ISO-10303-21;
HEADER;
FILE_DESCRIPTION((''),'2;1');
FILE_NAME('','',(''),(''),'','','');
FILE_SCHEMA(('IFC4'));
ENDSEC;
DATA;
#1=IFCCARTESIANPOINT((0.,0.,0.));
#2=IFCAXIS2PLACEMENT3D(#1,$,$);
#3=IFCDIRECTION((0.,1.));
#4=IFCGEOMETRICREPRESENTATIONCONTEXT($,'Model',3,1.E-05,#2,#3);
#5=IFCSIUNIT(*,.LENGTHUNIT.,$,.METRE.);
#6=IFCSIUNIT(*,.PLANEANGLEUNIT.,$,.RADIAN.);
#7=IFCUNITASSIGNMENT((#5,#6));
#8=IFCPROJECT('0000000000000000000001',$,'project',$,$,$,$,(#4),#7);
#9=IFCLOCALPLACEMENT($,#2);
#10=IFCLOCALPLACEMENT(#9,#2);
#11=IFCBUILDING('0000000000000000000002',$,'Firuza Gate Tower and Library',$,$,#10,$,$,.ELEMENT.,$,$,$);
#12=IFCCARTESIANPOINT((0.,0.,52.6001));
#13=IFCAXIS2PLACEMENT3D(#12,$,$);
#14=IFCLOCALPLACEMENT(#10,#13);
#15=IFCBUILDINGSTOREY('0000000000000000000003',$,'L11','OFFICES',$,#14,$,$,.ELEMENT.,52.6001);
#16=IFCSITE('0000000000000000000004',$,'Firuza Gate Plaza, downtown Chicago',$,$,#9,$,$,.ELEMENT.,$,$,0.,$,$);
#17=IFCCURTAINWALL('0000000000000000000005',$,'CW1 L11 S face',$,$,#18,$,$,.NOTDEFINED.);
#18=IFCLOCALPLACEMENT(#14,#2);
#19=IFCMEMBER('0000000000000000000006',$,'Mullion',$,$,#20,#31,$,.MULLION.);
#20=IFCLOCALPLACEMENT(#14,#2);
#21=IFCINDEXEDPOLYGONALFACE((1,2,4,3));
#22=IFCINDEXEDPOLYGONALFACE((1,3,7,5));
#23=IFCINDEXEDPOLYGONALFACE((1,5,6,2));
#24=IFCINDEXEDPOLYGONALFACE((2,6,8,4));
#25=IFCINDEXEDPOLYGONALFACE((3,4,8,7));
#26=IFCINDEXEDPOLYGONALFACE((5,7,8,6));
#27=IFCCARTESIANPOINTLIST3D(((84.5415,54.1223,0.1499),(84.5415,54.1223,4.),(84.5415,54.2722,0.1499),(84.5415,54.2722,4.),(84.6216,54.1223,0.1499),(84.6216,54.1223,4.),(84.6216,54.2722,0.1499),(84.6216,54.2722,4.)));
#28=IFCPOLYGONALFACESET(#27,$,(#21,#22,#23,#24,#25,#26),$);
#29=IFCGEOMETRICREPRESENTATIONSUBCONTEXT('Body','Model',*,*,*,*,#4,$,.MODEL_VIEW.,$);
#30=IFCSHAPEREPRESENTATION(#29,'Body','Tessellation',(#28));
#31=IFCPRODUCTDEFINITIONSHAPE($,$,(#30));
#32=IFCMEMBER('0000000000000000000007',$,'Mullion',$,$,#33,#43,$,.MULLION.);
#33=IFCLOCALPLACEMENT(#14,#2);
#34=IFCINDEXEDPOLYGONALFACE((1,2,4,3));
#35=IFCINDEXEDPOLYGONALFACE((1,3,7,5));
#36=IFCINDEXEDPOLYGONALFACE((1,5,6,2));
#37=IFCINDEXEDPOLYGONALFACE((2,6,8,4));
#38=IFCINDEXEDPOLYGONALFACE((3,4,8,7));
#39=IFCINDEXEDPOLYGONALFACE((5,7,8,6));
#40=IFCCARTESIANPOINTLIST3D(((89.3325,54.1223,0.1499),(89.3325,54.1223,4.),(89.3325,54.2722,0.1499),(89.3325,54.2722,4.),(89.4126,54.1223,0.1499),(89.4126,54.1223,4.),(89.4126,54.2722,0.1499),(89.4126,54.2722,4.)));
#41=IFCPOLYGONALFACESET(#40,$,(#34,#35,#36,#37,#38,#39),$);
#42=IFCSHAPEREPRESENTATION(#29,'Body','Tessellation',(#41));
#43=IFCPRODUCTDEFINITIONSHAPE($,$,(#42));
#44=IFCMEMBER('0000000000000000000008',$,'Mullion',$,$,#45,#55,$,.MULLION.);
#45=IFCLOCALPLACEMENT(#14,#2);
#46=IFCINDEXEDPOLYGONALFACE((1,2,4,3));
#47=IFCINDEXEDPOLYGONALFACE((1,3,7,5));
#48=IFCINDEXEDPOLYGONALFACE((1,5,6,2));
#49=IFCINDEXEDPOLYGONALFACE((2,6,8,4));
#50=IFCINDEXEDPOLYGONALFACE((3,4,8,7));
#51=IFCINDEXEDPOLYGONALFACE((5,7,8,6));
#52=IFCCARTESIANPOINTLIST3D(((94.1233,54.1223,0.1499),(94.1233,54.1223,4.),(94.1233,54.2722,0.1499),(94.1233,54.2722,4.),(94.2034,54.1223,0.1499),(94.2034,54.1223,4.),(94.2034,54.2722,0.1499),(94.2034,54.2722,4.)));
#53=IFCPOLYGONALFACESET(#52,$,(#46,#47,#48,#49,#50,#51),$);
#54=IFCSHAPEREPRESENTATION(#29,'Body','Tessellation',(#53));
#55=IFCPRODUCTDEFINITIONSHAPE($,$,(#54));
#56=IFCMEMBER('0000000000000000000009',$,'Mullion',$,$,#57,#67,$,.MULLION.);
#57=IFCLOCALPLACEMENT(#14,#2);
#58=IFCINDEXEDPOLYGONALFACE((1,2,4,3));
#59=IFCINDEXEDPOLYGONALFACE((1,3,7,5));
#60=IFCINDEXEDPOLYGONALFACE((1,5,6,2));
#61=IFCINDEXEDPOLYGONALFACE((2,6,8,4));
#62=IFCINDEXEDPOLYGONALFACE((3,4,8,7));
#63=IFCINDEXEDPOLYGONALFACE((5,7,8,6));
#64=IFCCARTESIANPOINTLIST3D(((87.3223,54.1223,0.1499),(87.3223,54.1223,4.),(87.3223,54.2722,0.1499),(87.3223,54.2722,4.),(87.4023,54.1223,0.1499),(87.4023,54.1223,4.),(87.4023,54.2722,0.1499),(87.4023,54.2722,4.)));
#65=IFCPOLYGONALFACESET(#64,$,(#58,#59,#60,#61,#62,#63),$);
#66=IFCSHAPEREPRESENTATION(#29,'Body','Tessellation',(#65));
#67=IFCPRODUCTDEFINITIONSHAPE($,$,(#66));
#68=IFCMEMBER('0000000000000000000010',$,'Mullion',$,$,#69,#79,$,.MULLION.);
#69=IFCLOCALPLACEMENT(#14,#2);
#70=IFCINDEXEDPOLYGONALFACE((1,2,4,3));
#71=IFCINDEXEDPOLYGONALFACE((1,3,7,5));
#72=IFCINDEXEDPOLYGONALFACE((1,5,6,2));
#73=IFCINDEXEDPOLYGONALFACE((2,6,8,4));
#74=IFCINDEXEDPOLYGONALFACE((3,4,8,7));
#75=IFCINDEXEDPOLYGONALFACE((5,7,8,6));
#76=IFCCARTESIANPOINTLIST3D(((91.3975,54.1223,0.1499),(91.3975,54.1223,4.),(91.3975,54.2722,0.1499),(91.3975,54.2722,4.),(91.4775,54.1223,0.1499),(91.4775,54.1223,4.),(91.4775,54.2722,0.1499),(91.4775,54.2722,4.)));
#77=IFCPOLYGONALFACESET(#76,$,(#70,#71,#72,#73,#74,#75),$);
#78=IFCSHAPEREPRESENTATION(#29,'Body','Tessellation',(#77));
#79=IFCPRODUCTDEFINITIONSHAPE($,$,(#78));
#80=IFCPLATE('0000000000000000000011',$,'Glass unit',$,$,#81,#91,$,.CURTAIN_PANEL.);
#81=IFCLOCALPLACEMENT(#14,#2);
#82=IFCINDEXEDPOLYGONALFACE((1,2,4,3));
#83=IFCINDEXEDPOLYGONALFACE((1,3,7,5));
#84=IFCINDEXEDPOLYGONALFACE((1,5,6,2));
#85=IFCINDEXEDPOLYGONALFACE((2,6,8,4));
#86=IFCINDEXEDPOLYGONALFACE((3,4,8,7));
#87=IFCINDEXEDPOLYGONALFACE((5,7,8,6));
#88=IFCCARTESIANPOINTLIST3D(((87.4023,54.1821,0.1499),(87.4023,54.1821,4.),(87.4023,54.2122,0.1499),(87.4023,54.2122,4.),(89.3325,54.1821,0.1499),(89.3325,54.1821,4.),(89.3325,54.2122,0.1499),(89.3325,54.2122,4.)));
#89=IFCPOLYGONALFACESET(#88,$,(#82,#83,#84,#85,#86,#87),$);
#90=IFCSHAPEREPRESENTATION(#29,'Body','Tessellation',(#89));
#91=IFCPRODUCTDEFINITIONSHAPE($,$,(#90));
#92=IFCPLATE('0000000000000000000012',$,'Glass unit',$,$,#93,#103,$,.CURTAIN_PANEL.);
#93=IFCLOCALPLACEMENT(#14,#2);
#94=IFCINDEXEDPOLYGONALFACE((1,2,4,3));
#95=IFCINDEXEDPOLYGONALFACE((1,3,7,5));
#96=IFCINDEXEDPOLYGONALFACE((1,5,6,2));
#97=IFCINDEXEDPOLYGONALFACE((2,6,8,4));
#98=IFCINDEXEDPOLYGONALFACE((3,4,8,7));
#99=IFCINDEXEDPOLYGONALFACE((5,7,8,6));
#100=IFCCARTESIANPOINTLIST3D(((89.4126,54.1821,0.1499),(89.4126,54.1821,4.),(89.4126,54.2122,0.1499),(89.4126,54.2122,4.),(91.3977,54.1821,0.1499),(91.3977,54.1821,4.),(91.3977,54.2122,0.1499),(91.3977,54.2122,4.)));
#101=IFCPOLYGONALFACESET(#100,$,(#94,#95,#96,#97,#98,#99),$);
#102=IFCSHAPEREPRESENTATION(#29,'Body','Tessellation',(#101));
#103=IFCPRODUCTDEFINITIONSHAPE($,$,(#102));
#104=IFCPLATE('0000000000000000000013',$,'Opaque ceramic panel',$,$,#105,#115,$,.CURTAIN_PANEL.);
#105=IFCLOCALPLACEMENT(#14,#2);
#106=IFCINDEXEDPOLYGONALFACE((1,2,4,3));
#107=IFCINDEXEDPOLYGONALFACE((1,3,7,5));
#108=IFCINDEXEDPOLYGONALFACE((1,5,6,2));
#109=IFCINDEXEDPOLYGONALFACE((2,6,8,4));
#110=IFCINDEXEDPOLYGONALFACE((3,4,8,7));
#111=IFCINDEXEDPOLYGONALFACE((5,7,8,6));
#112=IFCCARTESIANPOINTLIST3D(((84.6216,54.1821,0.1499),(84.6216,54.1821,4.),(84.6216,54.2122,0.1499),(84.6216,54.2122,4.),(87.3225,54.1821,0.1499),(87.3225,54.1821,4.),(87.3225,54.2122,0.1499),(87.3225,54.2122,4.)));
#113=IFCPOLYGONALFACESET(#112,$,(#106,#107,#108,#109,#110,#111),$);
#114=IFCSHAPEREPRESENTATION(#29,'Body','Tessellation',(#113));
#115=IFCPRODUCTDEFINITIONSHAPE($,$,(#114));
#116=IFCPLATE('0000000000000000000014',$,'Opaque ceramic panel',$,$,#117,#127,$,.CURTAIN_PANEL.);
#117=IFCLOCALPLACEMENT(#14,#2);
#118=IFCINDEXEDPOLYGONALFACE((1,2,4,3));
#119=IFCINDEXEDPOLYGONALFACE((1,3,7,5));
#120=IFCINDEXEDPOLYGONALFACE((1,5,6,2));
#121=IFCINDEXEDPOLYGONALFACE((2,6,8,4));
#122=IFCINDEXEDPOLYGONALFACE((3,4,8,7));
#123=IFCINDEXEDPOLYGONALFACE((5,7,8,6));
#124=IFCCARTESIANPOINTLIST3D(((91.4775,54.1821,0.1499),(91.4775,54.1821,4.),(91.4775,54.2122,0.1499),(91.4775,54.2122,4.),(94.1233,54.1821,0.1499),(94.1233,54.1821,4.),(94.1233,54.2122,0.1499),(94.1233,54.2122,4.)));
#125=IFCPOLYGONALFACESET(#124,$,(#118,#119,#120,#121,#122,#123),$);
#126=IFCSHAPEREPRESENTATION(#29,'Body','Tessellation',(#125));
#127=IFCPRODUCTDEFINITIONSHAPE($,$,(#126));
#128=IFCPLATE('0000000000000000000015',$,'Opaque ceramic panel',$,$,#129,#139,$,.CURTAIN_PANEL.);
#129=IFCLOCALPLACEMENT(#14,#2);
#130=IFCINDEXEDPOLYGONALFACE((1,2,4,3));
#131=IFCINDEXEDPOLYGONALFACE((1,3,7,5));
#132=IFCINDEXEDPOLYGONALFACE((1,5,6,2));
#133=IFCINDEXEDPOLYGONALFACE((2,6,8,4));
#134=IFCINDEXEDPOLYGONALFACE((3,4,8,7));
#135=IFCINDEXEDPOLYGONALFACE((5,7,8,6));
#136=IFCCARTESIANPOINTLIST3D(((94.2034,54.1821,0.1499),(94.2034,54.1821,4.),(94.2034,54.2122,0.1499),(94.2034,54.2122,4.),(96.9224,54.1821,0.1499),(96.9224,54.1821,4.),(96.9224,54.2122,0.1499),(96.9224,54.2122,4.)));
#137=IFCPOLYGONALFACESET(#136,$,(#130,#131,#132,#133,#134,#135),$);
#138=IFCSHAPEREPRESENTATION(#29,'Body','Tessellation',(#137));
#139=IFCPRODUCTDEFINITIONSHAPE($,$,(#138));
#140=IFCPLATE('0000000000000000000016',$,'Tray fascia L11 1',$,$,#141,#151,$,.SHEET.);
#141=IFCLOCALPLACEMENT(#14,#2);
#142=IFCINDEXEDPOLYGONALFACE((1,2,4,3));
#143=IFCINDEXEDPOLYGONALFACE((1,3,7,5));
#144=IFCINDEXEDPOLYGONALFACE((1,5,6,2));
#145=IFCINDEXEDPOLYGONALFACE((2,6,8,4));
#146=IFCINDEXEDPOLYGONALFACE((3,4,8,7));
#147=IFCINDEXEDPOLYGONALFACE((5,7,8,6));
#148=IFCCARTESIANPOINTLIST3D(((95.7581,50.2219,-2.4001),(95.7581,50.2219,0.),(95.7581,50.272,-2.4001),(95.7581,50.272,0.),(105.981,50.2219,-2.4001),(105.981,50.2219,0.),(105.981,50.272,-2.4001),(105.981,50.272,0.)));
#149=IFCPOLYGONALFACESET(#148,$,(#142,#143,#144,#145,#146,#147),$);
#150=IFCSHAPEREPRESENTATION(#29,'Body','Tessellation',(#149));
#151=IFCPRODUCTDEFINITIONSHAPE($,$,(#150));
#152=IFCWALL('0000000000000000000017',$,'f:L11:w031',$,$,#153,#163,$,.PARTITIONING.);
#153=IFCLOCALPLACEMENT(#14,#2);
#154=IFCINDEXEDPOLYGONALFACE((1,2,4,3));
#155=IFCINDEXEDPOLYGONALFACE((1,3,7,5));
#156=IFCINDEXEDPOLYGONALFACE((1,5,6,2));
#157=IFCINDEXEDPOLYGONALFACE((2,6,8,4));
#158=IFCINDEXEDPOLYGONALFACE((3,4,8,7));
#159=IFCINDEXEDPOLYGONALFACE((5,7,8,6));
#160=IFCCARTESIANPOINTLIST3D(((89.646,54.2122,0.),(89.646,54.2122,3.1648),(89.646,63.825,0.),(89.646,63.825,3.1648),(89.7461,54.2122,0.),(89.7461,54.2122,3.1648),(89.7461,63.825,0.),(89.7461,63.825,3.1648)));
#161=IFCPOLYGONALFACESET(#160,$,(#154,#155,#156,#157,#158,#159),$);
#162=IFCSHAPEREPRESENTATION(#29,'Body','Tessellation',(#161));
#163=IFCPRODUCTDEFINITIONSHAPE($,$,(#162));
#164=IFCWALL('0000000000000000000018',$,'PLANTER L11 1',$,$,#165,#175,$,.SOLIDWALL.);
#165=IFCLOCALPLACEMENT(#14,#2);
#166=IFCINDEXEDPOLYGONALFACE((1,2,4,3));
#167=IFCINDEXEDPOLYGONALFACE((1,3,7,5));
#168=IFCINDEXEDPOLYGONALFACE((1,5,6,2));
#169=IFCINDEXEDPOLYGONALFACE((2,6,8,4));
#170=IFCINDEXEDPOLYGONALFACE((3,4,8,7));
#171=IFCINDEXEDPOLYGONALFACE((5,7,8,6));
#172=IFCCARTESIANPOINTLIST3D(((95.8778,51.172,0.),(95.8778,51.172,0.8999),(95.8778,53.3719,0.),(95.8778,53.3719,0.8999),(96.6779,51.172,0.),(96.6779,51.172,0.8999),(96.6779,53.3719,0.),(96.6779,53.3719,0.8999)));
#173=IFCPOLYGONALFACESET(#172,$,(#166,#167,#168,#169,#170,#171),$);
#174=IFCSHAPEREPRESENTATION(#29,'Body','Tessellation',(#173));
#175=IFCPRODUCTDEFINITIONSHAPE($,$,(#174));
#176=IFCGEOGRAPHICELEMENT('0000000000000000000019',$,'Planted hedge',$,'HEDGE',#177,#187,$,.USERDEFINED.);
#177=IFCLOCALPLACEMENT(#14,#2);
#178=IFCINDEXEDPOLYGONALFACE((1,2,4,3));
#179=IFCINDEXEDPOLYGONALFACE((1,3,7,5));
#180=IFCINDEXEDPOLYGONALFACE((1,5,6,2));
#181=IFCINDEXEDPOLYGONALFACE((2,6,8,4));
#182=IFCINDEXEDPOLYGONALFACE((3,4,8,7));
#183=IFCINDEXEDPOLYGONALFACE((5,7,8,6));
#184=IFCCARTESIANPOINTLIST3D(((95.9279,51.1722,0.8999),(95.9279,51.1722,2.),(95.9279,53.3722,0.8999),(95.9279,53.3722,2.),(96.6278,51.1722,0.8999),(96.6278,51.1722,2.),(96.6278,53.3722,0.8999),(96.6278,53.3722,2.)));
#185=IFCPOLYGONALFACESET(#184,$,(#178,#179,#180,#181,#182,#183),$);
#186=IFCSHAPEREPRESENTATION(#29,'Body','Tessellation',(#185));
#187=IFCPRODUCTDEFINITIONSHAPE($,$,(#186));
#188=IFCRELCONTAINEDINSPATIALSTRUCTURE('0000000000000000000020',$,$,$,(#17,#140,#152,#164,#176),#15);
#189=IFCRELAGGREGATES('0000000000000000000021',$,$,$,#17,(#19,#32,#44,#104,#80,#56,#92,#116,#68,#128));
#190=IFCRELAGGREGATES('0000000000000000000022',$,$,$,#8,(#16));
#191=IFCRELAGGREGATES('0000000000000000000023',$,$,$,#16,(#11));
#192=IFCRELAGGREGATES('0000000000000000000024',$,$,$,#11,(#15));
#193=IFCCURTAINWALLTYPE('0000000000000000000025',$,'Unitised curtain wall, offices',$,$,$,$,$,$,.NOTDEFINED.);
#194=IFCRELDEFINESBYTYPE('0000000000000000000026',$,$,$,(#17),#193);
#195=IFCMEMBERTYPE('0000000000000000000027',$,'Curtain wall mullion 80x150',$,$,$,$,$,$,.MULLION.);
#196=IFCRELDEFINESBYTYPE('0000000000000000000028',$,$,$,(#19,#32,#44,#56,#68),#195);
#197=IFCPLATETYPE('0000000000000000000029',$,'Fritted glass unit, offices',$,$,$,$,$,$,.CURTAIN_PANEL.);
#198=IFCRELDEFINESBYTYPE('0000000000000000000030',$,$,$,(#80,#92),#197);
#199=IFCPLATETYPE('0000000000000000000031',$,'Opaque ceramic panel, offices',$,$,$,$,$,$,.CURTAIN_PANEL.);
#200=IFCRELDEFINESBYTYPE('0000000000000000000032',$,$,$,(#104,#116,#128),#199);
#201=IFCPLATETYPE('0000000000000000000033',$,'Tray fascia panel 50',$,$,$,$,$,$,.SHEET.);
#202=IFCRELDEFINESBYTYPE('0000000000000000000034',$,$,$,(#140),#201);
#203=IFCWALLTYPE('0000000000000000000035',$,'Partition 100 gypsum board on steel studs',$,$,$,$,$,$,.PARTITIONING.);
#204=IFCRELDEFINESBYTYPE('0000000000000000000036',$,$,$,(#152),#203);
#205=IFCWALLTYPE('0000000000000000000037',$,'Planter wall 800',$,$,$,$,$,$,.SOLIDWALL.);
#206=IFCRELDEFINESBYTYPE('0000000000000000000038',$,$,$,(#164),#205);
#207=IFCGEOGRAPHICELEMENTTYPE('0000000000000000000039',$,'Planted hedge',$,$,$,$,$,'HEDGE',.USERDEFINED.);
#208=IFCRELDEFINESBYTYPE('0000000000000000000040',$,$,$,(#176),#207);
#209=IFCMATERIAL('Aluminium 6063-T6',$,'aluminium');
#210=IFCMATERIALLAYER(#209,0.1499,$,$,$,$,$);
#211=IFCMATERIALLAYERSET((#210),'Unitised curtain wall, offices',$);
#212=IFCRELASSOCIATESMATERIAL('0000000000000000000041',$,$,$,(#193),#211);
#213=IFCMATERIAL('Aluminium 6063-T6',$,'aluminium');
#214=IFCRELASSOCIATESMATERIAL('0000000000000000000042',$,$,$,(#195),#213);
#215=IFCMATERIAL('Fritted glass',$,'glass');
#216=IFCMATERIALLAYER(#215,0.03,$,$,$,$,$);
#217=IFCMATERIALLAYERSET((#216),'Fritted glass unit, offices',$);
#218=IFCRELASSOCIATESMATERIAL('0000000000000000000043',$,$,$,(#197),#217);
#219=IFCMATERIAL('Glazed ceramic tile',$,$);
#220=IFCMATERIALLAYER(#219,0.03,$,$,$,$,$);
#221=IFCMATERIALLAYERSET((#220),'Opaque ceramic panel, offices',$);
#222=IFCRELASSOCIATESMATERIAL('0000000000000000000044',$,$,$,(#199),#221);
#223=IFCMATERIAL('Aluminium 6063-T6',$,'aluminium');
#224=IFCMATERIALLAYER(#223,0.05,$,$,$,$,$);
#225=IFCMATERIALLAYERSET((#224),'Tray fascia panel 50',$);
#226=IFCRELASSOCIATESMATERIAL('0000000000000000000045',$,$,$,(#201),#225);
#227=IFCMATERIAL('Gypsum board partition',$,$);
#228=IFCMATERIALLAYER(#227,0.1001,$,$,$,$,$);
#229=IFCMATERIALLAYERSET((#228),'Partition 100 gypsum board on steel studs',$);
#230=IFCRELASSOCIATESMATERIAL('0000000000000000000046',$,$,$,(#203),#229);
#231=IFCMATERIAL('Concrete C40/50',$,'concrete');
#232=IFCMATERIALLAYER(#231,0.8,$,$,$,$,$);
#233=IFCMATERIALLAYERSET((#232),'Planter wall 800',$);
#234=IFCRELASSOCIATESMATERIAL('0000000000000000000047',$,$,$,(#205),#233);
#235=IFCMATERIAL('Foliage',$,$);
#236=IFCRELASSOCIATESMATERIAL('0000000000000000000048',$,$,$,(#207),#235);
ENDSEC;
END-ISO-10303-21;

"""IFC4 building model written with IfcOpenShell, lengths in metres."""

from ifc_helpers import new_model, si_unit, direction, frame, frame_2d, origin, origin_2d, place, context, subcontext, project, spatial, polyline, rectangle, outline, extrude, material, layer, layer_set, material_profile, profile_set, type_object, element, aggregate, save


model = new_model("IFC4")

# Units and contexts
model_context = context("Model", 3, precision=1e-05, world=origin(), true_north=direction((0.0, 1.0)))
body_context = subcontext(model_context, "Body", "Model", "MODEL_VIEW")
ifc_project = project(units=[si_unit("LENGTHUNIT", "METRE"), si_unit("PLANEANGLEUNIT", "RADIAN")], contexts=[model_context])

# Site, building, storey
site_placement = place(None, origin())
site = spatial("IfcSite", under=ifc_project, at=site_placement, Name="Firuza Gate Plaza, downtown Chicago", CompositionType="ELEMENT", RefElevation=0.0)
building_placement = place(site_placement, origin())
building = spatial("IfcBuilding", under=site, at=building_placement, Name="Firuza Gate Tower and Library", CompositionType="ELEMENT")
storey_placement = place(building_placement, frame((0.0, 0.0, 52.6001)))
storey = spatial("IfcBuildingStorey", under=building, at=storey_placement, Name="L11", Description="OFFICES", CompositionType="ELEMENT", Elevation=52.6001)

# Curtain wall, members, plates
ifc_material_1 = material(Name="Aluminium 6063-T6", Category="aluminium")
ifc_layer_1 = layer(ifc_material_1, 0.1499)
ifc_layer_set_1 = layer_set([ifc_layer_1], Name="Unitised curtain wall, offices")
curtain_wall_type = type_object("IfcCurtainWallType", Name="Unitised curtain wall, offices", PredefinedType="NOTDEFINED", material=ifc_layer_set_1)
curtain_wall_placement = place(storey_placement, origin())
curtain_wall = element("IfcCurtainWall", 1, at=curtain_wall_placement, inside=storey, type_object=curtain_wall_type, Name="CW1 L11 S face", PredefinedType="NOTDEFINED")
ifc_material_2 = material(Name="Aluminium 6063-T6", Category="aluminium")
ifc_material_profile = material_profile(ifc_material_2, rectangle(XDim=0.1499, YDim=0.0801, at=origin_2d()))
ifc_profile_set = profile_set([ifc_material_profile], Name="Aluminium 6063-T6")
member_type = type_object("IfcMemberType", Name="Curtain wall mullion 80x150", PredefinedType="MULLION", material=ifc_profile_set)
member_1_placement = place(storey_placement, frame((84.5815, 54.1973, 0.1499), z_axis=(0.0, 0.0, 1.0), x_axis=(0.0, 1.0, 0.0)))
member_1 = element("IfcMember", 2, at=member_1_placement, type_object=member_type, Name="Mullion", PredefinedType="MULLION", context=body_context, shape_type="SweptSolid", body=[
    extrude(rectangle(XDim=0.1499, YDim=0.0801, at=origin_2d()), origin(), (0.0, 0.0, 1.0), 3.8501),
])
member_2_placement = place(storey_placement, frame((89.3726, 54.1973, 0.1499), z_axis=(0.0, 0.0, 1.0), x_axis=(0.0, 1.0, 0.0)))
member_2 = element("IfcMember", 3, at=member_2_placement, type_object=member_type, Name="Mullion", PredefinedType="MULLION", context=body_context, shape_type="SweptSolid", body=[
    extrude(rectangle(XDim=0.1499, YDim=0.0801, at=origin_2d()), origin(), (0.0, 0.0, 1.0), 3.8501),
])
member_3_placement = place(storey_placement, frame((94.1633, 54.1973, 0.1499), z_axis=(0.0, 0.0, 1.0), x_axis=(0.0, 1.0, 0.0)))
member_3 = element("IfcMember", 4, at=member_3_placement, type_object=member_type, Name="Mullion", PredefinedType="MULLION", context=body_context, shape_type="SweptSolid", body=[
    extrude(rectangle(XDim=0.1499, YDim=0.0801, at=origin_2d()), origin(), (0.0, 0.0, 1.0), 3.8501),
])
member_4_placement = place(storey_placement, frame((87.3623, 54.1973, 0.1499), z_axis=(0.0, 0.0, 1.0), x_axis=(0.0, 1.0, 0.0)))
member_4 = element("IfcMember", 5, at=member_4_placement, type_object=member_type, Name="Mullion", PredefinedType="MULLION", context=body_context, shape_type="SweptSolid", body=[
    extrude(rectangle(XDim=0.1499, YDim=0.0801, at=origin_2d()), origin(), (0.0, 0.0, 1.0), 3.8501),
])
member_5_placement = place(storey_placement, frame((91.4375, 54.1973, 0.1499), z_axis=(0.0, 0.0, 1.0), x_axis=(0.0, 1.0, 0.0)))
member_5 = element("IfcMember", 6, at=member_5_placement, type_object=member_type, Name="Mullion", PredefinedType="MULLION", context=body_context, shape_type="SweptSolid", body=[
    extrude(rectangle(XDim=0.1499, YDim=0.0801, at=origin_2d()), origin(), (0.0, 0.0, 1.0), 3.8501),
])
ifc_material_3 = material(Name="Fritted glass", Category="glass")
ifc_layer_2 = layer(ifc_material_3, 0.03)
ifc_layer_set_2 = layer_set([ifc_layer_2], Name="Fritted glass unit, offices")
plate_type_1 = type_object("IfcPlateType", Name="Fritted glass unit, offices", PredefinedType="CURTAIN_PANEL", material=ifc_layer_set_2)
plate_1_placement = place(storey_placement, frame((87.4023, 54.1821, 0.1499), z_axis=(0.0, -1.0, 0.0), x_axis=(1.0, 0.0, 0.0)))
plate_1 = element("IfcPlate", 7, at=plate_1_placement, type_object=plate_type_1, Name="Glass unit", PredefinedType="CURTAIN_PANEL", context=body_context, shape_type="SweptSolid", body=[
    extrude(outline(polyline([(0.0, 0.0), (1.9302, 0.0), (1.9302, 3.8501), (0.0, 3.8501), (0.0, 0.0)])), origin(), (0.0, 0.0, -1.0), 0.03),
])
plate_2_placement = place(storey_placement, frame((89.4126, 54.1821, 0.1499), z_axis=(0.0, -1.0, 0.0), x_axis=(1.0, 0.0, 0.0)))
plate_2 = element("IfcPlate", 8, at=plate_2_placement, type_object=plate_type_1, Name="Glass unit", PredefinedType="CURTAIN_PANEL", context=body_context, shape_type="SweptSolid", body=[
    extrude(outline(polyline([(0.0, 0.0), (1.9851, 0.0), (1.9851, 3.8501), (0.0, 3.8501), (0.0, 0.0)])), origin(), (0.0, 0.0, -1.0), 0.03),
])
ifc_material_4 = material(Name="Glazed ceramic tile")
ifc_layer_3 = layer(ifc_material_4, 0.03)
ifc_layer_set_3 = layer_set([ifc_layer_3], Name="Opaque ceramic panel, offices")
plate_type_2 = type_object("IfcPlateType", Name="Opaque ceramic panel, offices", PredefinedType="CURTAIN_PANEL", material=ifc_layer_set_3)
plate_3_placement = place(storey_placement, frame((84.6216, 54.1821, 0.1499), z_axis=(0.0, -1.0, 0.0), x_axis=(1.0, 0.0, 0.0)))
plate_3 = element("IfcPlate", 9, at=plate_3_placement, type_object=plate_type_2, Name="Opaque ceramic panel", PredefinedType="CURTAIN_PANEL", context=body_context, shape_type="SweptSolid", body=[
    extrude(outline(polyline([(0.0, 0.0), (2.7009, 0.0), (2.7009, 3.8501), (0.0, 3.8501), (0.0, 0.0)])), origin(), (0.0, 0.0, -1.0), 0.03),
])
plate_4_placement = place(storey_placement, frame((91.4775, 54.1821, 0.1499), z_axis=(0.0, -1.0, 0.0), x_axis=(1.0, 0.0, 0.0)))
plate_4 = element("IfcPlate", 10, at=plate_4_placement, type_object=plate_type_2, Name="Opaque ceramic panel", PredefinedType="CURTAIN_PANEL", context=body_context, shape_type="SweptSolid", body=[
    extrude(outline(polyline([(0.0, 0.0), (2.6458, 0.0), (2.6458, 3.8501), (0.0, 3.8501), (0.0, 0.0)])), origin(), (0.0, 0.0, -1.0), 0.03),
])
plate_5_placement = place(storey_placement, frame((94.2034, 54.1821, 0.1499), z_axis=(0.0, -1.0, 0.0), x_axis=(1.0, 0.0, 0.0)))
plate_5 = element("IfcPlate", 11, at=plate_5_placement, type_object=plate_type_2, Name="Opaque ceramic panel", PredefinedType="CURTAIN_PANEL", context=body_context, shape_type="SweptSolid", body=[
    extrude(outline(polyline([(0.0, 0.0), (2.719, 0.0), (2.719, 3.8501), (0.0, 3.8501), (0.0, 0.0)])), origin(), (0.0, 0.0, -1.0), 0.03),
])
aggregate(curtain_wall, [member_1, member_2, member_3, plate_3, plate_1, member_4, plate_2, plate_4, member_5, plate_5])

# Plate
ifc_material_5 = material(Name="Aluminium 6063-T6", Category="aluminium")
ifc_layer_4 = layer(ifc_material_5, 0.05)
ifc_layer_set_4 = layer_set([ifc_layer_4], Name="Tray fascia panel 50")
plate_type_3 = type_object("IfcPlateType", Name="Tray fascia panel 50", PredefinedType="SHEET", material=ifc_layer_set_4)
plate_6_placement = place(storey_placement, frame((95.7581, 50.2219, -2.4001), z_axis=(0.0, -1.0, 0.0), x_axis=(1.0, 0.0, 0.0)))
element("IfcPlate", 12, at=plate_6_placement, inside=storey, type_object=plate_type_3, Name="Tray fascia L11 1", PredefinedType="SHEET", context=body_context, shape_type="SweptSolid", body=[
    extrude(outline(polyline([(0.0, 0.0), (10.2229, 0.0), (10.2229, 2.4001), (0.0, 2.4001), (0.0, 0.0)])), origin(), (0.0, 0.0, -1.0), 0.05),
])

# Walls
ifc_material_6 = material(Name="Gypsum board partition")
ifc_layer_5 = layer(ifc_material_6, 0.1001)
ifc_layer_set_5 = layer_set([ifc_layer_5], Name="Partition 100 gypsum board on steel studs")
wall_type_1 = type_object("IfcWallType", Name="Partition 100 gypsum board on steel studs", PredefinedType="PARTITIONING", material=ifc_layer_set_5)
wall_1_placement = place(storey_placement, frame((89.696, 54.2122, 0.0), z_axis=(0.0, 0.0, 1.0), x_axis=(0.0, 1.0, 0.0)))
element("IfcWall", 13, at=wall_1_placement, inside=storey, type_object=wall_type_1, Name="f:L11:w031", PredefinedType="PARTITIONING", context=body_context, shape_type="SweptSolid", body=[
    extrude(rectangle(XDim=9.6128, YDim=0.1001, at=frame_2d((4.8064, 0.0))), origin(), (0.0, 0.0, 1.0), 3.1648),
])
ifc_material_7 = material(Name="Concrete C40/50", Category="concrete")
ifc_layer_6 = layer(ifc_material_7, 0.8)
ifc_layer_set_6 = layer_set([ifc_layer_6], Name="Planter wall 800")
wall_type_2 = type_object("IfcWallType", Name="Planter wall 800", PredefinedType="SOLIDWALL", material=ifc_layer_set_6)
wall_2_placement = place(storey_placement, frame((96.2778, 53.3721, 0.0), z_axis=(0.0, 0.0, 1.0), x_axis=(0.0, -1.0, 0.0)))
element("IfcWall", 14, at=wall_2_placement, inside=storey, type_object=wall_type_2, Name="PLANTER L11 1", PredefinedType="SOLIDWALL", context=body_context, shape_type="SweptSolid", body=[
    extrude(rectangle(XDim=2.2, YDim=0.8, at=frame_2d((1.1001, 0.0))), origin(), (0.0, 0.0, 1.0), 0.8999),
])

# Geographic element
ifc_material_8 = material(Name="Foliage")
geographic_element_type = type_object("IfcGeographicElementType", Name="Planted hedge", ElementType="HEDGE", PredefinedType="USERDEFINED", material=ifc_material_8)
geographic_element_placement = place(storey_placement, frame((96.2778, 52.2722, 0.8999), z_axis=(0.0, 0.0, 1.0), x_axis=(0.0, -1.0, 0.0)))
element("IfcGeographicElement", 15, at=geographic_element_placement, inside=storey, type_object=geographic_element_type, Name="Planted hedge", ObjectType="HEDGE", PredefinedType="USERDEFINED", context=body_context, shape_type="SweptSolid", body=[
    extrude(rectangle(XDim=2.2, YDim=0.7, at=origin_2d()), origin(), (0.0, 0.0, 1.0), 1.1001),
])

save(model, "model.ifc")
